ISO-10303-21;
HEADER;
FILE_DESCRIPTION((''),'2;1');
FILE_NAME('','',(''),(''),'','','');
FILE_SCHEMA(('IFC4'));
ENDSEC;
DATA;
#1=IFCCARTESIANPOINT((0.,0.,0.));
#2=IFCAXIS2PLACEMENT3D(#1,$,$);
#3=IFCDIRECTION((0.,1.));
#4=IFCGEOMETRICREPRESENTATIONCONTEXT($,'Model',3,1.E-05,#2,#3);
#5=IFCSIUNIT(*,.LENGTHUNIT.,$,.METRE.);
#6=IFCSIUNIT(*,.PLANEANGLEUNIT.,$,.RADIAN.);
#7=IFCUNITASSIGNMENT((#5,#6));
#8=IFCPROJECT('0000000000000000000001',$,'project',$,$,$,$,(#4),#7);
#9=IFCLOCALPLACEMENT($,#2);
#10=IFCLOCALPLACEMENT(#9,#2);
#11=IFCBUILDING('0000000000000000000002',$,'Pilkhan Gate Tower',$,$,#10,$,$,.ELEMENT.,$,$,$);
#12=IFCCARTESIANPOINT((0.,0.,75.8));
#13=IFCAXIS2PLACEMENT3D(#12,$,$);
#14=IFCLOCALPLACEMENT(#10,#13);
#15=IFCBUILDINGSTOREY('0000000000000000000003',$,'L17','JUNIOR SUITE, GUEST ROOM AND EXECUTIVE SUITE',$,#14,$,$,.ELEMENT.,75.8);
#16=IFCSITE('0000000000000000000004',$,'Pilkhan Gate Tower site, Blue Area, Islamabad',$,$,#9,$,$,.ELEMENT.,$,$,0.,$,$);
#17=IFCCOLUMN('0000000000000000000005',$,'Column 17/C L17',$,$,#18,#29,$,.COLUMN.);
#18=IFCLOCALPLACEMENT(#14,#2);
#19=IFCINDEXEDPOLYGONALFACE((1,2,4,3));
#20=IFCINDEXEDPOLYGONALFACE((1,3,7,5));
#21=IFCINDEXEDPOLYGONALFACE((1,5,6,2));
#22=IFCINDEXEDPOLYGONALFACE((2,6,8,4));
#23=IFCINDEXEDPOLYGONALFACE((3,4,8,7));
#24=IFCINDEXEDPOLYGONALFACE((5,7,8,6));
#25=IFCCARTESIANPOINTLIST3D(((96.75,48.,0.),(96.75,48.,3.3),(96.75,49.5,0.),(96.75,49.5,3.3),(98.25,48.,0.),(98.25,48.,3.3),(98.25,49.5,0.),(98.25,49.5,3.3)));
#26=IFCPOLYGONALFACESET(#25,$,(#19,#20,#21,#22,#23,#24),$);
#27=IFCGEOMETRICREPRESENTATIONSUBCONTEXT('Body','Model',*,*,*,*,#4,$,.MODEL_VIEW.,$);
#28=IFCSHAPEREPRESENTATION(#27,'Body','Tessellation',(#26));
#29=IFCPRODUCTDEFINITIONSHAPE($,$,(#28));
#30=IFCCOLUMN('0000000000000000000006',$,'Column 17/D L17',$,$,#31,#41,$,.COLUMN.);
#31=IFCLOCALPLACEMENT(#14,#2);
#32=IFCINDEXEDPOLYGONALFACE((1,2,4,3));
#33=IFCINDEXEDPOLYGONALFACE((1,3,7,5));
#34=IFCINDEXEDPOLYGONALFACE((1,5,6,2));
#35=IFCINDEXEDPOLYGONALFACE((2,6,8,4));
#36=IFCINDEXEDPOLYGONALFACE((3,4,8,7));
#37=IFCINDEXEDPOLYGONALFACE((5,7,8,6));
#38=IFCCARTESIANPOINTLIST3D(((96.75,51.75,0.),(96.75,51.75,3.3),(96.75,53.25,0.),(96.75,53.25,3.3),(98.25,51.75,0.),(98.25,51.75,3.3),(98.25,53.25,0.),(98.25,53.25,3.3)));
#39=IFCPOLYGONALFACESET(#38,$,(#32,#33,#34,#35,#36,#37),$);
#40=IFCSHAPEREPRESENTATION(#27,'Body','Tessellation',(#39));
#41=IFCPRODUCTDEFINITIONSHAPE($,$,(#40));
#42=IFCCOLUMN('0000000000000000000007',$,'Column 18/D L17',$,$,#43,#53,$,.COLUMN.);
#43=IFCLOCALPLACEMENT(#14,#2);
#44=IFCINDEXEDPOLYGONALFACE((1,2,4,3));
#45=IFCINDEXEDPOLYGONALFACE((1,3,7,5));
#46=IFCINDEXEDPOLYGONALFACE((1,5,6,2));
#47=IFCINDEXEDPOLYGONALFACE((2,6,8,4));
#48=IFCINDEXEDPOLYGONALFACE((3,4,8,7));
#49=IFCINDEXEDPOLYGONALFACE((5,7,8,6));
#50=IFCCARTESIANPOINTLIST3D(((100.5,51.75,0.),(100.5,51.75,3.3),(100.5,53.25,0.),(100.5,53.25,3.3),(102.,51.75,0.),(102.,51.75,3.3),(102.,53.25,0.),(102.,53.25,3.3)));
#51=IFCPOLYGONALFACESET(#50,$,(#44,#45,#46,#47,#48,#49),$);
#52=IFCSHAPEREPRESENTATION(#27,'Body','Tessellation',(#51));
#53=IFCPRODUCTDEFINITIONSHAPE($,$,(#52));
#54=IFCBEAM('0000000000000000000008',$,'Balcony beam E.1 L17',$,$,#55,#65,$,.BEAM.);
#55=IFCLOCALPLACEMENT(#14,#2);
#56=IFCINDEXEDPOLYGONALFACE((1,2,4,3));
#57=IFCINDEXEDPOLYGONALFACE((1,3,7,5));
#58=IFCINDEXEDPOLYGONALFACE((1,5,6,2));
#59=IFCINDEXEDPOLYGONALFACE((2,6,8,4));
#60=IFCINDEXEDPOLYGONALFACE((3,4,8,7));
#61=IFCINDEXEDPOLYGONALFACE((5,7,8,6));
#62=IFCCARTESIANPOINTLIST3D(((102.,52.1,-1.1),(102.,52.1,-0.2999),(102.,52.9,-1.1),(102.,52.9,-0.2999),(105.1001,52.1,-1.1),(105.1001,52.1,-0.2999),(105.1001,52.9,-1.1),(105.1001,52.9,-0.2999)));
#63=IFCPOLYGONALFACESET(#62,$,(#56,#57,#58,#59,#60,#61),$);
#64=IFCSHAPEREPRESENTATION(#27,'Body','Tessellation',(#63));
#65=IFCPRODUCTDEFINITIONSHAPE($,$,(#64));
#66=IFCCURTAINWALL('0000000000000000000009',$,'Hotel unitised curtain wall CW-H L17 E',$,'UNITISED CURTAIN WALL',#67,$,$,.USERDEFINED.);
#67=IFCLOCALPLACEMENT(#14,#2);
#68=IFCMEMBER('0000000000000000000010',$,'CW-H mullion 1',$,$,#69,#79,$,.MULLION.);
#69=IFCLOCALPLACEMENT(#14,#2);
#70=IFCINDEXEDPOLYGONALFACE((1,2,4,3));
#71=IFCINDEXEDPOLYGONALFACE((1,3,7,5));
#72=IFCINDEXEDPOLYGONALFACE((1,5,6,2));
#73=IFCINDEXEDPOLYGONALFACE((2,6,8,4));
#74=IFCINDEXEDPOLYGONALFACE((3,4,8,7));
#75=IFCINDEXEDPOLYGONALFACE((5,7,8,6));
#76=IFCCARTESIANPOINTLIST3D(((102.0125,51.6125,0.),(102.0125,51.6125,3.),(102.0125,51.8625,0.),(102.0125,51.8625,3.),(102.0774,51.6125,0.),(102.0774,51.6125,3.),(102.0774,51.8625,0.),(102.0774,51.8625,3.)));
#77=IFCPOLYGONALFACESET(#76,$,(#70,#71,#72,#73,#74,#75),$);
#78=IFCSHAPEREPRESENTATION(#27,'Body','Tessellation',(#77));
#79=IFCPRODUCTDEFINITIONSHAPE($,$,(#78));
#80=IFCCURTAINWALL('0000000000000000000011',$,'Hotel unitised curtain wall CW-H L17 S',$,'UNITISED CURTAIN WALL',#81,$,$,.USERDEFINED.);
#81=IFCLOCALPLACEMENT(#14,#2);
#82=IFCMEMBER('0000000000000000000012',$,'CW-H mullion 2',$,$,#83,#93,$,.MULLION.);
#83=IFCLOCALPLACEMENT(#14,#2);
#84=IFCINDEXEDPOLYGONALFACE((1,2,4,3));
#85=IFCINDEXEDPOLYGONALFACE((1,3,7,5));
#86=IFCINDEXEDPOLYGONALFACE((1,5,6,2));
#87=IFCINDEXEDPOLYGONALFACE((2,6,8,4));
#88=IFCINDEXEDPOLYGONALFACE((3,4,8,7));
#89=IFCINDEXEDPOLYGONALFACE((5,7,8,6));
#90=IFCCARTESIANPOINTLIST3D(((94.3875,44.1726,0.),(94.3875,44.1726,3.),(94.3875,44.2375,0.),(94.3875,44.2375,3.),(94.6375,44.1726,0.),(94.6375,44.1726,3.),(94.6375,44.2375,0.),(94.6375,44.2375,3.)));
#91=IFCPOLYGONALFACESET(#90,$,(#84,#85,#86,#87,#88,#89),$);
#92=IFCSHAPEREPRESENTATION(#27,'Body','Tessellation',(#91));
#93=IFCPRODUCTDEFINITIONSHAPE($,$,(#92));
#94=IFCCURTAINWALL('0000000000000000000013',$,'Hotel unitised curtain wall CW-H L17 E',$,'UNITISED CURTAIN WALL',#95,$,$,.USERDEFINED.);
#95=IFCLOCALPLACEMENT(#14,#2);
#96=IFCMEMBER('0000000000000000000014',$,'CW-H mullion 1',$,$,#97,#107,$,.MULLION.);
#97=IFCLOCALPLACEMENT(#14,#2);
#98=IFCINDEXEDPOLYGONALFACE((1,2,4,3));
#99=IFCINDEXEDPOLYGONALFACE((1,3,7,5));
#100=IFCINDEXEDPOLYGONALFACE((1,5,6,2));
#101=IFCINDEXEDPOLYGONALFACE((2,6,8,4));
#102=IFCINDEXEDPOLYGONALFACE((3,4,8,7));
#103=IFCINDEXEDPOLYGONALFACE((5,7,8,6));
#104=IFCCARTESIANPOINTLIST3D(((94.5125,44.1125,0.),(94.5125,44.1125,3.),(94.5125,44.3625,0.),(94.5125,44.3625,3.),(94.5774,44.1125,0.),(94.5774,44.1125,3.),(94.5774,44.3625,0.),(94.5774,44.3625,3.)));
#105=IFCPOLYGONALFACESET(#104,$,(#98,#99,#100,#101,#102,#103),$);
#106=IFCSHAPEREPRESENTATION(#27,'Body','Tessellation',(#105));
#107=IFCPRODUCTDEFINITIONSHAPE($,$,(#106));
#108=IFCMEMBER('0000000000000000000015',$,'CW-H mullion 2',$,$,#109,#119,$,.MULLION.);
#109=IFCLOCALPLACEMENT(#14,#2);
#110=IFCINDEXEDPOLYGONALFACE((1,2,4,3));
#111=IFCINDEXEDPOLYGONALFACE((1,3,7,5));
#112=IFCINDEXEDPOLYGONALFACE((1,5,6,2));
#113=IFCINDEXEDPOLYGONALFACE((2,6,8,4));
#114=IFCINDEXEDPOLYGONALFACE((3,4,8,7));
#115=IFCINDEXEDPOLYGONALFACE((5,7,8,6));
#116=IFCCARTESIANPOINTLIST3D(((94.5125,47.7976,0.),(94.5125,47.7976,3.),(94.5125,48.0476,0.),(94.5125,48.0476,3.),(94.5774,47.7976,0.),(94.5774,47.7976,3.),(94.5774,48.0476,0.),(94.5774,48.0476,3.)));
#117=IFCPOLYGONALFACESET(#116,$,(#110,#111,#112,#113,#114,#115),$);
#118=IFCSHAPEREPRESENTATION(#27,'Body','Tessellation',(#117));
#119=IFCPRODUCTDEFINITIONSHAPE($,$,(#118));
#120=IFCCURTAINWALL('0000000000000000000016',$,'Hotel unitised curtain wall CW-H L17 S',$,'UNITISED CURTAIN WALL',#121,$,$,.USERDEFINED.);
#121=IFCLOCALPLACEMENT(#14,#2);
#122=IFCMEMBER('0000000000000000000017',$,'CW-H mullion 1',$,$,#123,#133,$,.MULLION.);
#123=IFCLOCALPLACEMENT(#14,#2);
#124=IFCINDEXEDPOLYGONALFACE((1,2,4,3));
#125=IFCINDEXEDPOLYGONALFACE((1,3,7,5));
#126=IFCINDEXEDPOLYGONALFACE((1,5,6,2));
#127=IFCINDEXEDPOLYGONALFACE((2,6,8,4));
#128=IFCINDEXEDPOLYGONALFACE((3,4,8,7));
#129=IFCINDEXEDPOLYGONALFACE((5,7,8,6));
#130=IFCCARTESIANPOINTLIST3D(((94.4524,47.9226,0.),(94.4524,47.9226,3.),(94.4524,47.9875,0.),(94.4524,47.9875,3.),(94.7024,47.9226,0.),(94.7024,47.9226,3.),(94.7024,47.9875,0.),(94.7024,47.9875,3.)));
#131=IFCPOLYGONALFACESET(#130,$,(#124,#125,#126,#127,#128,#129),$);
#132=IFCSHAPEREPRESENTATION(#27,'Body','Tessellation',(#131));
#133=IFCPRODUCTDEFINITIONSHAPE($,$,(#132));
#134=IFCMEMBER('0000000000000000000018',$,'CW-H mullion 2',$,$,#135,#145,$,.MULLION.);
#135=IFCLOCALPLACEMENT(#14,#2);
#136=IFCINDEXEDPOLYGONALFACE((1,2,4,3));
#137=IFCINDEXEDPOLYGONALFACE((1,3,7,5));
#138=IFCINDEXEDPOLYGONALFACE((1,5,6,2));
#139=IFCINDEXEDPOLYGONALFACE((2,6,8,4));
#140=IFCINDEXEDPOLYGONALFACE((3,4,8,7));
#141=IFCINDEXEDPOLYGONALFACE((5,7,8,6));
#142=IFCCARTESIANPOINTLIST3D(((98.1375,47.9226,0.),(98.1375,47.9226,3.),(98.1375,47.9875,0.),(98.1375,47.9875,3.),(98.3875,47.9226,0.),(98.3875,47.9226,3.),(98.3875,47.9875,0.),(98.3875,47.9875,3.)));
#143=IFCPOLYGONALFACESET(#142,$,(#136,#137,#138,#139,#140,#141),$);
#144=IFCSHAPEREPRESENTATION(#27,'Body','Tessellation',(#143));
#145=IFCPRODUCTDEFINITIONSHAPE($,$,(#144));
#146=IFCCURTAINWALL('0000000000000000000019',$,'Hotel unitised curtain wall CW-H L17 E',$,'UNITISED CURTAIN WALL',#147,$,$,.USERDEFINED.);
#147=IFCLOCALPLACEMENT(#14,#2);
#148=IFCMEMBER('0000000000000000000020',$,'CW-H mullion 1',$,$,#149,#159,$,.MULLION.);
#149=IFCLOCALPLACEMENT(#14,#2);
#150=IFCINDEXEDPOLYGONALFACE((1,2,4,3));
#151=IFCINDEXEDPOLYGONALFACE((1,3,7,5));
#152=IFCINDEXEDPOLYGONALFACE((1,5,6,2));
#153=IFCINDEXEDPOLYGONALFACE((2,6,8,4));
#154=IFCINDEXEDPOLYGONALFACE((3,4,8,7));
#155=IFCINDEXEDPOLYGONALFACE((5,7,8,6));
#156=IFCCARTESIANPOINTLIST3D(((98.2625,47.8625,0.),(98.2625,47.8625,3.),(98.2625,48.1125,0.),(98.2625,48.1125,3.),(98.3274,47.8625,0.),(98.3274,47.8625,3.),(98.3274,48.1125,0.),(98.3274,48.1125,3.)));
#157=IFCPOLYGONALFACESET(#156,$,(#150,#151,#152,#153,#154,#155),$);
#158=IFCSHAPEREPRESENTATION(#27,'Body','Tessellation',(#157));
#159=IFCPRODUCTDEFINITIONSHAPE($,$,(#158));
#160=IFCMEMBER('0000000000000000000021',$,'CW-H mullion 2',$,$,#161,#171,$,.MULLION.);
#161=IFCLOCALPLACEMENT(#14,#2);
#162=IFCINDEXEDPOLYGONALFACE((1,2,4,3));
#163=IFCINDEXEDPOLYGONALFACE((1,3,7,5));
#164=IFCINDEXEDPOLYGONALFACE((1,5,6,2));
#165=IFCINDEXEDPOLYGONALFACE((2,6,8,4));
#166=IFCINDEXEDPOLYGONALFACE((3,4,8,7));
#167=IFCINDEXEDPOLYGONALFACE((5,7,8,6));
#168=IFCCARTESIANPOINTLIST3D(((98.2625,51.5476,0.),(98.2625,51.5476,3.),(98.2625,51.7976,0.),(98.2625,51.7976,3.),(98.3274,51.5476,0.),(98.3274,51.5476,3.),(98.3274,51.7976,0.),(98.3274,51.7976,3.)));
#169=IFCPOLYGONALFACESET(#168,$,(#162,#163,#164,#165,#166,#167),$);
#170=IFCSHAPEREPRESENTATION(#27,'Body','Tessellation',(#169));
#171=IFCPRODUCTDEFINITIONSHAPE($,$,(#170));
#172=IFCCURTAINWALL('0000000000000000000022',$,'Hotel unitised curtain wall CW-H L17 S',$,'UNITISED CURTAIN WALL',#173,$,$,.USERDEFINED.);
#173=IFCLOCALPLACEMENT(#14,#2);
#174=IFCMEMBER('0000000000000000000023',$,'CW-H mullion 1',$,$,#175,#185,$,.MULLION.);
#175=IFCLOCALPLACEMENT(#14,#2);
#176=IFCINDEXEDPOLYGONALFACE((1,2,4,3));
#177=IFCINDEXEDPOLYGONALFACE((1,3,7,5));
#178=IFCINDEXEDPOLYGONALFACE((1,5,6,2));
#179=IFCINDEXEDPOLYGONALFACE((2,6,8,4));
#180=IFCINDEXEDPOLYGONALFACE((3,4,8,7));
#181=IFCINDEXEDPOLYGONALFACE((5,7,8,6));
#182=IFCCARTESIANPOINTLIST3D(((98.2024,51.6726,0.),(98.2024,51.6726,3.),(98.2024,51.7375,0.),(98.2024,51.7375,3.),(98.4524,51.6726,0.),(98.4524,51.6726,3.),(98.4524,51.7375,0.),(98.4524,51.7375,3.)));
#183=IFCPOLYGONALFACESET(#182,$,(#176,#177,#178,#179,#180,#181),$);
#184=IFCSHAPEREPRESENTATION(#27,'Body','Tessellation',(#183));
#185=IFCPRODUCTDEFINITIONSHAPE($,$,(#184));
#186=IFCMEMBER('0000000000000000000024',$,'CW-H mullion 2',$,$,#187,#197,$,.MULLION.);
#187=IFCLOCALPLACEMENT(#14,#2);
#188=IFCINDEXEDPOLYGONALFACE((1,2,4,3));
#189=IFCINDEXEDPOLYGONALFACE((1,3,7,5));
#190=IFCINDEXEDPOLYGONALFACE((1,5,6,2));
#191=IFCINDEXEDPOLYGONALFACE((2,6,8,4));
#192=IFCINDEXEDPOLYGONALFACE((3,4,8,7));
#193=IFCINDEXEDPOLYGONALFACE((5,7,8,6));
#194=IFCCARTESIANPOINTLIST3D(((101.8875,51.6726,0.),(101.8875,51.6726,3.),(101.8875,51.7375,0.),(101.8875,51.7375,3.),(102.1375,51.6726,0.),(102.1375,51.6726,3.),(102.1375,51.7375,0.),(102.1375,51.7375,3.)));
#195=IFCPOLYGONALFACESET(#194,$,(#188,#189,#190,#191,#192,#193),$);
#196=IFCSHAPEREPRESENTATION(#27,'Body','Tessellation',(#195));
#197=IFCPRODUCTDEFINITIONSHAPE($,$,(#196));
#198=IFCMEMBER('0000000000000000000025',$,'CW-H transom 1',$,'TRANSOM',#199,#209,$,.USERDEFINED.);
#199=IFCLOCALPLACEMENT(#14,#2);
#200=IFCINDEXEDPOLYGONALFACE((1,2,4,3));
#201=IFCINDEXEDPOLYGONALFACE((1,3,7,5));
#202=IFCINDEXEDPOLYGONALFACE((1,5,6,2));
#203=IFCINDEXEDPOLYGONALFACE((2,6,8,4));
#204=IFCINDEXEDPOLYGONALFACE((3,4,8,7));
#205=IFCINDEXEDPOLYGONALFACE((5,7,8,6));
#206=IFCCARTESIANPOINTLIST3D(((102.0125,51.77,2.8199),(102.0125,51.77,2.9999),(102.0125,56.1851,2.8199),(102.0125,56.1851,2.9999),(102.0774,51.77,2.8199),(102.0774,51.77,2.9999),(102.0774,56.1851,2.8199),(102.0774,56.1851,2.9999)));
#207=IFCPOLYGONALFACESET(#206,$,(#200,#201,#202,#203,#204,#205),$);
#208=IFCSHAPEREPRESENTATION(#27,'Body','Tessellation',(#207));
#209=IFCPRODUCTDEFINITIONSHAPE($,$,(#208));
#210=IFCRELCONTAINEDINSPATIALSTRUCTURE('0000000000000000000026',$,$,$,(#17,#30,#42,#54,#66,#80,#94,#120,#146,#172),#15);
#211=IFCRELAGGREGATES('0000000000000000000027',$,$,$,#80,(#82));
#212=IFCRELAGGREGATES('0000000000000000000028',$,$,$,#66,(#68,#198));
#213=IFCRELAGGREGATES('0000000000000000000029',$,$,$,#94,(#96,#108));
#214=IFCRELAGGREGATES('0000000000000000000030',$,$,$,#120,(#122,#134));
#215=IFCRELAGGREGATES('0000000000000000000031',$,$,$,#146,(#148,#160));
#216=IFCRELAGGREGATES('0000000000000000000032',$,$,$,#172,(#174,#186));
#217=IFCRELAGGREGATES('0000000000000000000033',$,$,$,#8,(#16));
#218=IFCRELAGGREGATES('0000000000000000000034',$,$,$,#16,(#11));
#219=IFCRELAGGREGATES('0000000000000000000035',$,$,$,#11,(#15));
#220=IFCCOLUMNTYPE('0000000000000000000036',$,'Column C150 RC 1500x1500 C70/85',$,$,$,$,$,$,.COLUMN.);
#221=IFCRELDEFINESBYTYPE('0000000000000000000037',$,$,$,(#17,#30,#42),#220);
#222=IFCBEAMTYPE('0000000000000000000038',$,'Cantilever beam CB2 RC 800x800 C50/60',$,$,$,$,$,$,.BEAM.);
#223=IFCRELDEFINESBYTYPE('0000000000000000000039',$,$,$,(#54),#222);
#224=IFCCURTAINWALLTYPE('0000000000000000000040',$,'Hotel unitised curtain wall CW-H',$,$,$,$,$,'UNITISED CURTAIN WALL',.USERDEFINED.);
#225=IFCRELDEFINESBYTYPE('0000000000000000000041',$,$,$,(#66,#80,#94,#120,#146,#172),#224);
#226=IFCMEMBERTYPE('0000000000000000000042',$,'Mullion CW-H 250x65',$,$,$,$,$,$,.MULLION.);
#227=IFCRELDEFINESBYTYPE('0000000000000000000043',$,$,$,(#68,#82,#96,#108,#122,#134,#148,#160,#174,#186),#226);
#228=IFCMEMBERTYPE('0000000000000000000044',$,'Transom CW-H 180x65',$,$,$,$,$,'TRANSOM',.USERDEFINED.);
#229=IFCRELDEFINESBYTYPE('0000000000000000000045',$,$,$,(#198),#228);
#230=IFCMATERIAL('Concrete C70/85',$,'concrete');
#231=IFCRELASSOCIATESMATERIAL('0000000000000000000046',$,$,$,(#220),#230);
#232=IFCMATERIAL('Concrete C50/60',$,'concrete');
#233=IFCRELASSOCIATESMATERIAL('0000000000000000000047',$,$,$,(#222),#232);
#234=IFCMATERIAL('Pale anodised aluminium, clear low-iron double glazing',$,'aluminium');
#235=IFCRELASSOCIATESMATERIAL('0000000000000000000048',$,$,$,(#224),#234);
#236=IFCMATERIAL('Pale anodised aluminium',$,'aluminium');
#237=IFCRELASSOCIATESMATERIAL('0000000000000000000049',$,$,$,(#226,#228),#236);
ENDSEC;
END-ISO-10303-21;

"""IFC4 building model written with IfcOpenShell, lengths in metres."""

from ifc_helpers import new_model, si_unit, direction, frame, origin, origin_2d, place, context, subcontext, project, spatial, rectangle, extrude, material, material_profile, profile_set, type_object, element, aggregate, save


model = new_model("IFC4")

# Units and contexts
model_context = context("Model", 3, precision=1e-05, world=origin(), true_north=direction((0.0, 1.0)))
body_context = subcontext(model_context, "Body", "Model", "MODEL_VIEW")
ifc_project = project(units=[si_unit("LENGTHUNIT", "METRE"), si_unit("PLANEANGLEUNIT", "RADIAN")], contexts=[model_context])

# Site, building, storey
site_placement = place(None, origin())
site = spatial("IfcSite", under=ifc_project, at=site_placement, Name="Pilkhan Gate Tower site, Blue Area, Islamabad", CompositionType="ELEMENT", RefElevation=0.0)
building_placement = place(site_placement, origin())
building = spatial("IfcBuilding", under=site, at=building_placement, Name="Pilkhan Gate Tower", CompositionType="ELEMENT")
storey_placement = place(building_placement, frame((0.0, 0.0, 75.8)))
storey = spatial("IfcBuildingStorey", under=building, at=storey_placement, Name="L17", Description="JUNIOR SUITE, GUEST ROOM AND EXECUTIVE SUITE", CompositionType="ELEMENT", Elevation=75.8)

# Columns
ifc_material_1 = material(Name="Concrete C70/85", Category="concrete")
ifc_material_profile_1 = material_profile(ifc_material_1, rectangle(XDim=1.5, YDim=1.5, at=origin_2d()), Name="RC 1500x1500")
ifc_profile_set_1 = profile_set([ifc_material_profile_1], Name="Concrete C70/85")
column_type = type_object("IfcColumnType", Name="Column C150 RC 1500x1500 C70/85", PredefinedType="COLUMN", material=ifc_profile_set_1)
for number, where, z_axis, x_axis, name in (
    (1, (97.5, 48.75, 0.0), (0.0, 0.0, 1.0), (1.0, 0.0, 0.0), "Column 17/C L17"),
    (2, (97.5, 52.5, 0.0), (0.0, 0.0, 1.0), (1.0, 0.0, 0.0), "Column 17/D L17"),
    (3, (101.25, 52.5, 0.0), (0.0, 0.0, 1.0), (1.0, 0.0, 0.0), "Column 18/D L17"),
):
    element("IfcColumn", number, at=place(storey_placement, frame(where, z_axis=z_axis, x_axis=x_axis)), inside=storey, type_object=column_type, Name=name, PredefinedType="COLUMN", context=body_context, shape_type="SweptSolid", body=[
        extrude(rectangle(XDim=1.5, YDim=1.5, at=origin_2d()), origin(), (0.0, 0.0, 1.0), 3.3),
    ])

# Beam
ifc_material_2 = material(Name="Concrete C50/60", Category="concrete")
ifc_material_profile_2 = material_profile(ifc_material_2, rectangle(XDim=0.8, YDim=0.8, at=origin_2d()), Name="RC 800x800")
ifc_profile_set_2 = profile_set([ifc_material_profile_2], Name="Concrete C50/60")
beam_type = type_object("IfcBeamType", Name="Cantilever beam CB2 RC 800x800 C50/60", PredefinedType="BEAM", material=ifc_profile_set_2)
beam_placement = place(storey_placement, frame((102.0, 52.5, -0.7), z_axis=(1.0, 0.0, 0.0), x_axis=(0.0, 1.0, 0.0)))
element("IfcBeam", 4, at=beam_placement, inside=storey, type_object=beam_type, Name="Balcony beam E.1 L17", PredefinedType="BEAM", context=body_context, shape_type="SweptSolid", body=[
    extrude(rectangle(XDim=0.8, YDim=0.8, at=origin_2d()), origin(), (0.0, 0.0, 1.0), 3.1001),
])

# Curtain walls, members
ifc_material_3 = material(Name="Pale anodised aluminium, clear low-iron double glazing", Category="aluminium")
curtain_wall_type = type_object("IfcCurtainWallType", Name="Hotel unitised curtain wall CW-H", ElementType="UNITISED CURTAIN WALL", PredefinedType="USERDEFINED", material=ifc_material_3)
curtain_wall_1_placement = place(storey_placement, origin())
curtain_wall_1 = element("IfcCurtainWall", 5, at=curtain_wall_1_placement, inside=storey, type_object=curtain_wall_type, Name="Hotel unitised curtain wall CW-H L17 E", ObjectType="UNITISED CURTAIN WALL", PredefinedType="USERDEFINED")
ifc_material_4 = material(Name="Pale anodised aluminium", Category="aluminium")
ifc_material_profile_3 = material_profile(ifc_material_4, rectangle(XDim=0.0649, YDim=0.25, at=origin_2d()), Name="Mullion 250x65")
ifc_profile_set_3 = profile_set([ifc_material_profile_3], Name="Pale anodised aluminium")
member_type_1 = type_object("IfcMemberType", Name="Mullion CW-H 250x65", PredefinedType="MULLION", material=ifc_profile_set_3)
member_1_placement = place(storey_placement, frame((102.0449, 51.7375, 0.0), z_axis=(0.0, 0.0, 1.0), x_axis=(-1.0, 0.0, 0.0)))
member_1 = element("IfcMember", 6, at=member_1_placement, type_object=member_type_1, Name="CW-H mullion 1", PredefinedType="MULLION", context=body_context, shape_type="SweptSolid", body=[
    extrude(rectangle(XDim=0.0649, YDim=0.25, at=origin_2d()), origin(), (0.0, 0.0, 1.0), 3.0),
])
curtain_wall_2_placement = place(storey_placement, origin())
curtain_wall_2 = element("IfcCurtainWall", 7, at=curtain_wall_2_placement, inside=storey, type_object=curtain_wall_type, Name="Hotel unitised curtain wall CW-H L17 S", ObjectType="UNITISED CURTAIN WALL", PredefinedType="USERDEFINED")
member_2_placement = place(storey_placement, frame((94.5125, 44.2051, 0.0), z_axis=(0.0, 0.0, 1.0), x_axis=(0.0, 1.0, 0.0)))
member_2 = element("IfcMember", 8, at=member_2_placement, type_object=member_type_1, Name="CW-H mullion 2", PredefinedType="MULLION", context=body_context, shape_type="SweptSolid", body=[
    extrude(rectangle(XDim=0.0649, YDim=0.25, at=origin_2d()), origin(), (0.0, 0.0, 1.0), 3.0),
])
aggregate(curtain_wall_2, [member_2])

# Curtain walls, members
curtain_wall_3_placement = place(storey_placement, origin())
curtain_wall_3 = element("IfcCurtainWall", 9, at=curtain_wall_3_placement, inside=storey, type_object=curtain_wall_type, Name="Hotel unitised curtain wall CW-H L17 E", ObjectType="UNITISED CURTAIN WALL", PredefinedType="USERDEFINED")
member_3_placement = place(storey_placement, frame((94.5449, 44.2375, 0.0), z_axis=(0.0, 0.0, 1.0), x_axis=(-1.0, 0.0, 0.0)))
member_3 = element("IfcMember", 10, at=member_3_placement, type_object=member_type_1, Name="CW-H mullion 1", PredefinedType="MULLION", context=body_context, shape_type="SweptSolid", body=[
    extrude(rectangle(XDim=0.0649, YDim=0.25, at=origin_2d()), origin(), (0.0, 0.0, 1.0), 3.0),
])
member_4_placement = place(storey_placement, frame((94.5449, 47.9226, 0.0), z_axis=(0.0, 0.0, 1.0), x_axis=(-1.0, 0.0, 0.0)))
member_4 = element("IfcMember", 11, at=member_4_placement, type_object=member_type_1, Name="CW-H mullion 2", PredefinedType="MULLION", context=body_context, shape_type="SweptSolid", body=[
    extrude(rectangle(XDim=0.0649, YDim=0.25, at=origin_2d()), origin(), (0.0, 0.0, 1.0), 3.0),
])
curtain_wall_4_placement = place(storey_placement, origin())
curtain_wall_4 = element("IfcCurtainWall", 12, at=curtain_wall_4_placement, inside=storey, type_object=curtain_wall_type, Name="Hotel unitised curtain wall CW-H L17 S", ObjectType="UNITISED CURTAIN WALL", PredefinedType="USERDEFINED")
member_5_placement = place(storey_placement, frame((94.5774, 47.9551, 0.0), z_axis=(0.0, 0.0, 1.0), x_axis=(0.0, 1.0, 0.0)))
member_5 = element("IfcMember", 13, at=member_5_placement, type_object=member_type_1, Name="CW-H mullion 1", PredefinedType="MULLION", context=body_context, shape_type="SweptSolid", body=[
    extrude(rectangle(XDim=0.0649, YDim=0.25, at=origin_2d()), origin(), (0.0, 0.0, 1.0), 3.0),
])
member_6_placement = place(storey_placement, frame((98.2625, 47.9551, 0.0), z_axis=(0.0, 0.0, 1.0), x_axis=(0.0, 1.0, 0.0)))
member_6 = element("IfcMember", 14, at=member_6_placement, type_object=member_type_1, Name="CW-H mullion 2", PredefinedType="MULLION", context=body_context, shape_type="SweptSolid", body=[
    extrude(rectangle(XDim=0.0649, YDim=0.25, at=origin_2d()), origin(), (0.0, 0.0, 1.0), 3.0),
])
curtain_wall_5_placement = place(storey_placement, origin())
curtain_wall_5 = element("IfcCurtainWall", 15, at=curtain_wall_5_placement, inside=storey, type_object=curtain_wall_type, Name="Hotel unitised curtain wall CW-H L17 E", ObjectType="UNITISED CURTAIN WALL", PredefinedType="USERDEFINED")
member_7_placement = place(storey_placement, frame((98.2949, 47.9875, 0.0), z_axis=(0.0, 0.0, 1.0), x_axis=(-1.0, 0.0, 0.0)))
member_7 = element("IfcMember", 16, at=member_7_placement, type_object=member_type_1, Name="CW-H mullion 1", PredefinedType="MULLION", context=body_context, shape_type="SweptSolid", body=[
    extrude(rectangle(XDim=0.0649, YDim=0.25, at=origin_2d()), origin(), (0.0, 0.0, 1.0), 3.0),
])
member_8_placement = place(storey_placement, frame((98.2949, 51.6726, 0.0), z_axis=(0.0, 0.0, 1.0), x_axis=(-1.0, 0.0, 0.0)))
member_8 = element("IfcMember", 17, at=member_8_placement, type_object=member_type_1, Name="CW-H mullion 2", PredefinedType="MULLION", context=body_context, shape_type="SweptSolid", body=[
    extrude(rectangle(XDim=0.0649, YDim=0.25, at=origin_2d()), origin(), (0.0, 0.0, 1.0), 3.0),
])
curtain_wall_6_placement = place(storey_placement, origin())
curtain_wall_6 = element("IfcCurtainWall", 18, at=curtain_wall_6_placement, inside=storey, type_object=curtain_wall_type, Name="Hotel unitised curtain wall CW-H L17 S", ObjectType="UNITISED CURTAIN WALL", PredefinedType="USERDEFINED")
member_9_placement = place(storey_placement, frame((98.3274, 51.7051, 0.0), z_axis=(0.0, 0.0, 1.0), x_axis=(0.0, 1.0, 0.0)))
member_9 = element("IfcMember", 19, at=member_9_placement, type_object=member_type_1, Name="CW-H mullion 1", PredefinedType="MULLION", context=body_context, shape_type="SweptSolid", body=[
    extrude(rectangle(XDim=0.0649, YDim=0.25, at=origin_2d()), origin(), (0.0, 0.0, 1.0), 3.0),
])
member_10_placement = place(storey_placement, frame((102.0125, 51.7051, 0.0), z_axis=(0.0, 0.0, 1.0), x_axis=(0.0, 1.0, 0.0)))
member_10 = element("IfcMember", 20, at=member_10_placement, type_object=member_type_1, Name="CW-H mullion 2", PredefinedType="MULLION", context=body_context, shape_type="SweptSolid", body=[
    extrude(rectangle(XDim=0.0649, YDim=0.25, at=origin_2d()), origin(), (0.0, 0.0, 1.0), 3.0),
])

# Member
ifc_material_profile_4 = material_profile(ifc_material_4, rectangle(XDim=0.0649, YDim=0.1799, at=origin_2d()), Name="Transom 180x65")
ifc_profile_set_4 = profile_set([ifc_material_profile_4], Name="Pale anodised aluminium")
member_type_2 = type_object("IfcMemberType", Name="Transom CW-H 180x65", ElementType="TRANSOM", PredefinedType="USERDEFINED", material=ifc_profile_set_4)
member_11_placement = place(storey_placement, frame((102.0449, 51.77, 2.9099), z_axis=(0.0, 1.0, 0.0), x_axis=(-1.0, 0.0, 0.0)))
member_11 = element("IfcMember", 21, at=member_11_placement, type_object=member_type_2, Name="CW-H transom 1", ObjectType="TRANSOM", PredefinedType="USERDEFINED", context=body_context, shape_type="SweptSolid", body=[
    extrude(rectangle(XDim=0.0649, YDim=0.1799, at=origin_2d()), origin(), (0.0, 0.0, 1.0), 4.415),
])

aggregate(curtain_wall_1, [member_1, member_11])
aggregate(curtain_wall_3, [member_3, member_4])
aggregate(curtain_wall_4, [member_5, member_6])
aggregate(curtain_wall_5, [member_7, member_8])
aggregate(curtain_wall_6, [member_9, member_10])

save(model, "model.ifc")
